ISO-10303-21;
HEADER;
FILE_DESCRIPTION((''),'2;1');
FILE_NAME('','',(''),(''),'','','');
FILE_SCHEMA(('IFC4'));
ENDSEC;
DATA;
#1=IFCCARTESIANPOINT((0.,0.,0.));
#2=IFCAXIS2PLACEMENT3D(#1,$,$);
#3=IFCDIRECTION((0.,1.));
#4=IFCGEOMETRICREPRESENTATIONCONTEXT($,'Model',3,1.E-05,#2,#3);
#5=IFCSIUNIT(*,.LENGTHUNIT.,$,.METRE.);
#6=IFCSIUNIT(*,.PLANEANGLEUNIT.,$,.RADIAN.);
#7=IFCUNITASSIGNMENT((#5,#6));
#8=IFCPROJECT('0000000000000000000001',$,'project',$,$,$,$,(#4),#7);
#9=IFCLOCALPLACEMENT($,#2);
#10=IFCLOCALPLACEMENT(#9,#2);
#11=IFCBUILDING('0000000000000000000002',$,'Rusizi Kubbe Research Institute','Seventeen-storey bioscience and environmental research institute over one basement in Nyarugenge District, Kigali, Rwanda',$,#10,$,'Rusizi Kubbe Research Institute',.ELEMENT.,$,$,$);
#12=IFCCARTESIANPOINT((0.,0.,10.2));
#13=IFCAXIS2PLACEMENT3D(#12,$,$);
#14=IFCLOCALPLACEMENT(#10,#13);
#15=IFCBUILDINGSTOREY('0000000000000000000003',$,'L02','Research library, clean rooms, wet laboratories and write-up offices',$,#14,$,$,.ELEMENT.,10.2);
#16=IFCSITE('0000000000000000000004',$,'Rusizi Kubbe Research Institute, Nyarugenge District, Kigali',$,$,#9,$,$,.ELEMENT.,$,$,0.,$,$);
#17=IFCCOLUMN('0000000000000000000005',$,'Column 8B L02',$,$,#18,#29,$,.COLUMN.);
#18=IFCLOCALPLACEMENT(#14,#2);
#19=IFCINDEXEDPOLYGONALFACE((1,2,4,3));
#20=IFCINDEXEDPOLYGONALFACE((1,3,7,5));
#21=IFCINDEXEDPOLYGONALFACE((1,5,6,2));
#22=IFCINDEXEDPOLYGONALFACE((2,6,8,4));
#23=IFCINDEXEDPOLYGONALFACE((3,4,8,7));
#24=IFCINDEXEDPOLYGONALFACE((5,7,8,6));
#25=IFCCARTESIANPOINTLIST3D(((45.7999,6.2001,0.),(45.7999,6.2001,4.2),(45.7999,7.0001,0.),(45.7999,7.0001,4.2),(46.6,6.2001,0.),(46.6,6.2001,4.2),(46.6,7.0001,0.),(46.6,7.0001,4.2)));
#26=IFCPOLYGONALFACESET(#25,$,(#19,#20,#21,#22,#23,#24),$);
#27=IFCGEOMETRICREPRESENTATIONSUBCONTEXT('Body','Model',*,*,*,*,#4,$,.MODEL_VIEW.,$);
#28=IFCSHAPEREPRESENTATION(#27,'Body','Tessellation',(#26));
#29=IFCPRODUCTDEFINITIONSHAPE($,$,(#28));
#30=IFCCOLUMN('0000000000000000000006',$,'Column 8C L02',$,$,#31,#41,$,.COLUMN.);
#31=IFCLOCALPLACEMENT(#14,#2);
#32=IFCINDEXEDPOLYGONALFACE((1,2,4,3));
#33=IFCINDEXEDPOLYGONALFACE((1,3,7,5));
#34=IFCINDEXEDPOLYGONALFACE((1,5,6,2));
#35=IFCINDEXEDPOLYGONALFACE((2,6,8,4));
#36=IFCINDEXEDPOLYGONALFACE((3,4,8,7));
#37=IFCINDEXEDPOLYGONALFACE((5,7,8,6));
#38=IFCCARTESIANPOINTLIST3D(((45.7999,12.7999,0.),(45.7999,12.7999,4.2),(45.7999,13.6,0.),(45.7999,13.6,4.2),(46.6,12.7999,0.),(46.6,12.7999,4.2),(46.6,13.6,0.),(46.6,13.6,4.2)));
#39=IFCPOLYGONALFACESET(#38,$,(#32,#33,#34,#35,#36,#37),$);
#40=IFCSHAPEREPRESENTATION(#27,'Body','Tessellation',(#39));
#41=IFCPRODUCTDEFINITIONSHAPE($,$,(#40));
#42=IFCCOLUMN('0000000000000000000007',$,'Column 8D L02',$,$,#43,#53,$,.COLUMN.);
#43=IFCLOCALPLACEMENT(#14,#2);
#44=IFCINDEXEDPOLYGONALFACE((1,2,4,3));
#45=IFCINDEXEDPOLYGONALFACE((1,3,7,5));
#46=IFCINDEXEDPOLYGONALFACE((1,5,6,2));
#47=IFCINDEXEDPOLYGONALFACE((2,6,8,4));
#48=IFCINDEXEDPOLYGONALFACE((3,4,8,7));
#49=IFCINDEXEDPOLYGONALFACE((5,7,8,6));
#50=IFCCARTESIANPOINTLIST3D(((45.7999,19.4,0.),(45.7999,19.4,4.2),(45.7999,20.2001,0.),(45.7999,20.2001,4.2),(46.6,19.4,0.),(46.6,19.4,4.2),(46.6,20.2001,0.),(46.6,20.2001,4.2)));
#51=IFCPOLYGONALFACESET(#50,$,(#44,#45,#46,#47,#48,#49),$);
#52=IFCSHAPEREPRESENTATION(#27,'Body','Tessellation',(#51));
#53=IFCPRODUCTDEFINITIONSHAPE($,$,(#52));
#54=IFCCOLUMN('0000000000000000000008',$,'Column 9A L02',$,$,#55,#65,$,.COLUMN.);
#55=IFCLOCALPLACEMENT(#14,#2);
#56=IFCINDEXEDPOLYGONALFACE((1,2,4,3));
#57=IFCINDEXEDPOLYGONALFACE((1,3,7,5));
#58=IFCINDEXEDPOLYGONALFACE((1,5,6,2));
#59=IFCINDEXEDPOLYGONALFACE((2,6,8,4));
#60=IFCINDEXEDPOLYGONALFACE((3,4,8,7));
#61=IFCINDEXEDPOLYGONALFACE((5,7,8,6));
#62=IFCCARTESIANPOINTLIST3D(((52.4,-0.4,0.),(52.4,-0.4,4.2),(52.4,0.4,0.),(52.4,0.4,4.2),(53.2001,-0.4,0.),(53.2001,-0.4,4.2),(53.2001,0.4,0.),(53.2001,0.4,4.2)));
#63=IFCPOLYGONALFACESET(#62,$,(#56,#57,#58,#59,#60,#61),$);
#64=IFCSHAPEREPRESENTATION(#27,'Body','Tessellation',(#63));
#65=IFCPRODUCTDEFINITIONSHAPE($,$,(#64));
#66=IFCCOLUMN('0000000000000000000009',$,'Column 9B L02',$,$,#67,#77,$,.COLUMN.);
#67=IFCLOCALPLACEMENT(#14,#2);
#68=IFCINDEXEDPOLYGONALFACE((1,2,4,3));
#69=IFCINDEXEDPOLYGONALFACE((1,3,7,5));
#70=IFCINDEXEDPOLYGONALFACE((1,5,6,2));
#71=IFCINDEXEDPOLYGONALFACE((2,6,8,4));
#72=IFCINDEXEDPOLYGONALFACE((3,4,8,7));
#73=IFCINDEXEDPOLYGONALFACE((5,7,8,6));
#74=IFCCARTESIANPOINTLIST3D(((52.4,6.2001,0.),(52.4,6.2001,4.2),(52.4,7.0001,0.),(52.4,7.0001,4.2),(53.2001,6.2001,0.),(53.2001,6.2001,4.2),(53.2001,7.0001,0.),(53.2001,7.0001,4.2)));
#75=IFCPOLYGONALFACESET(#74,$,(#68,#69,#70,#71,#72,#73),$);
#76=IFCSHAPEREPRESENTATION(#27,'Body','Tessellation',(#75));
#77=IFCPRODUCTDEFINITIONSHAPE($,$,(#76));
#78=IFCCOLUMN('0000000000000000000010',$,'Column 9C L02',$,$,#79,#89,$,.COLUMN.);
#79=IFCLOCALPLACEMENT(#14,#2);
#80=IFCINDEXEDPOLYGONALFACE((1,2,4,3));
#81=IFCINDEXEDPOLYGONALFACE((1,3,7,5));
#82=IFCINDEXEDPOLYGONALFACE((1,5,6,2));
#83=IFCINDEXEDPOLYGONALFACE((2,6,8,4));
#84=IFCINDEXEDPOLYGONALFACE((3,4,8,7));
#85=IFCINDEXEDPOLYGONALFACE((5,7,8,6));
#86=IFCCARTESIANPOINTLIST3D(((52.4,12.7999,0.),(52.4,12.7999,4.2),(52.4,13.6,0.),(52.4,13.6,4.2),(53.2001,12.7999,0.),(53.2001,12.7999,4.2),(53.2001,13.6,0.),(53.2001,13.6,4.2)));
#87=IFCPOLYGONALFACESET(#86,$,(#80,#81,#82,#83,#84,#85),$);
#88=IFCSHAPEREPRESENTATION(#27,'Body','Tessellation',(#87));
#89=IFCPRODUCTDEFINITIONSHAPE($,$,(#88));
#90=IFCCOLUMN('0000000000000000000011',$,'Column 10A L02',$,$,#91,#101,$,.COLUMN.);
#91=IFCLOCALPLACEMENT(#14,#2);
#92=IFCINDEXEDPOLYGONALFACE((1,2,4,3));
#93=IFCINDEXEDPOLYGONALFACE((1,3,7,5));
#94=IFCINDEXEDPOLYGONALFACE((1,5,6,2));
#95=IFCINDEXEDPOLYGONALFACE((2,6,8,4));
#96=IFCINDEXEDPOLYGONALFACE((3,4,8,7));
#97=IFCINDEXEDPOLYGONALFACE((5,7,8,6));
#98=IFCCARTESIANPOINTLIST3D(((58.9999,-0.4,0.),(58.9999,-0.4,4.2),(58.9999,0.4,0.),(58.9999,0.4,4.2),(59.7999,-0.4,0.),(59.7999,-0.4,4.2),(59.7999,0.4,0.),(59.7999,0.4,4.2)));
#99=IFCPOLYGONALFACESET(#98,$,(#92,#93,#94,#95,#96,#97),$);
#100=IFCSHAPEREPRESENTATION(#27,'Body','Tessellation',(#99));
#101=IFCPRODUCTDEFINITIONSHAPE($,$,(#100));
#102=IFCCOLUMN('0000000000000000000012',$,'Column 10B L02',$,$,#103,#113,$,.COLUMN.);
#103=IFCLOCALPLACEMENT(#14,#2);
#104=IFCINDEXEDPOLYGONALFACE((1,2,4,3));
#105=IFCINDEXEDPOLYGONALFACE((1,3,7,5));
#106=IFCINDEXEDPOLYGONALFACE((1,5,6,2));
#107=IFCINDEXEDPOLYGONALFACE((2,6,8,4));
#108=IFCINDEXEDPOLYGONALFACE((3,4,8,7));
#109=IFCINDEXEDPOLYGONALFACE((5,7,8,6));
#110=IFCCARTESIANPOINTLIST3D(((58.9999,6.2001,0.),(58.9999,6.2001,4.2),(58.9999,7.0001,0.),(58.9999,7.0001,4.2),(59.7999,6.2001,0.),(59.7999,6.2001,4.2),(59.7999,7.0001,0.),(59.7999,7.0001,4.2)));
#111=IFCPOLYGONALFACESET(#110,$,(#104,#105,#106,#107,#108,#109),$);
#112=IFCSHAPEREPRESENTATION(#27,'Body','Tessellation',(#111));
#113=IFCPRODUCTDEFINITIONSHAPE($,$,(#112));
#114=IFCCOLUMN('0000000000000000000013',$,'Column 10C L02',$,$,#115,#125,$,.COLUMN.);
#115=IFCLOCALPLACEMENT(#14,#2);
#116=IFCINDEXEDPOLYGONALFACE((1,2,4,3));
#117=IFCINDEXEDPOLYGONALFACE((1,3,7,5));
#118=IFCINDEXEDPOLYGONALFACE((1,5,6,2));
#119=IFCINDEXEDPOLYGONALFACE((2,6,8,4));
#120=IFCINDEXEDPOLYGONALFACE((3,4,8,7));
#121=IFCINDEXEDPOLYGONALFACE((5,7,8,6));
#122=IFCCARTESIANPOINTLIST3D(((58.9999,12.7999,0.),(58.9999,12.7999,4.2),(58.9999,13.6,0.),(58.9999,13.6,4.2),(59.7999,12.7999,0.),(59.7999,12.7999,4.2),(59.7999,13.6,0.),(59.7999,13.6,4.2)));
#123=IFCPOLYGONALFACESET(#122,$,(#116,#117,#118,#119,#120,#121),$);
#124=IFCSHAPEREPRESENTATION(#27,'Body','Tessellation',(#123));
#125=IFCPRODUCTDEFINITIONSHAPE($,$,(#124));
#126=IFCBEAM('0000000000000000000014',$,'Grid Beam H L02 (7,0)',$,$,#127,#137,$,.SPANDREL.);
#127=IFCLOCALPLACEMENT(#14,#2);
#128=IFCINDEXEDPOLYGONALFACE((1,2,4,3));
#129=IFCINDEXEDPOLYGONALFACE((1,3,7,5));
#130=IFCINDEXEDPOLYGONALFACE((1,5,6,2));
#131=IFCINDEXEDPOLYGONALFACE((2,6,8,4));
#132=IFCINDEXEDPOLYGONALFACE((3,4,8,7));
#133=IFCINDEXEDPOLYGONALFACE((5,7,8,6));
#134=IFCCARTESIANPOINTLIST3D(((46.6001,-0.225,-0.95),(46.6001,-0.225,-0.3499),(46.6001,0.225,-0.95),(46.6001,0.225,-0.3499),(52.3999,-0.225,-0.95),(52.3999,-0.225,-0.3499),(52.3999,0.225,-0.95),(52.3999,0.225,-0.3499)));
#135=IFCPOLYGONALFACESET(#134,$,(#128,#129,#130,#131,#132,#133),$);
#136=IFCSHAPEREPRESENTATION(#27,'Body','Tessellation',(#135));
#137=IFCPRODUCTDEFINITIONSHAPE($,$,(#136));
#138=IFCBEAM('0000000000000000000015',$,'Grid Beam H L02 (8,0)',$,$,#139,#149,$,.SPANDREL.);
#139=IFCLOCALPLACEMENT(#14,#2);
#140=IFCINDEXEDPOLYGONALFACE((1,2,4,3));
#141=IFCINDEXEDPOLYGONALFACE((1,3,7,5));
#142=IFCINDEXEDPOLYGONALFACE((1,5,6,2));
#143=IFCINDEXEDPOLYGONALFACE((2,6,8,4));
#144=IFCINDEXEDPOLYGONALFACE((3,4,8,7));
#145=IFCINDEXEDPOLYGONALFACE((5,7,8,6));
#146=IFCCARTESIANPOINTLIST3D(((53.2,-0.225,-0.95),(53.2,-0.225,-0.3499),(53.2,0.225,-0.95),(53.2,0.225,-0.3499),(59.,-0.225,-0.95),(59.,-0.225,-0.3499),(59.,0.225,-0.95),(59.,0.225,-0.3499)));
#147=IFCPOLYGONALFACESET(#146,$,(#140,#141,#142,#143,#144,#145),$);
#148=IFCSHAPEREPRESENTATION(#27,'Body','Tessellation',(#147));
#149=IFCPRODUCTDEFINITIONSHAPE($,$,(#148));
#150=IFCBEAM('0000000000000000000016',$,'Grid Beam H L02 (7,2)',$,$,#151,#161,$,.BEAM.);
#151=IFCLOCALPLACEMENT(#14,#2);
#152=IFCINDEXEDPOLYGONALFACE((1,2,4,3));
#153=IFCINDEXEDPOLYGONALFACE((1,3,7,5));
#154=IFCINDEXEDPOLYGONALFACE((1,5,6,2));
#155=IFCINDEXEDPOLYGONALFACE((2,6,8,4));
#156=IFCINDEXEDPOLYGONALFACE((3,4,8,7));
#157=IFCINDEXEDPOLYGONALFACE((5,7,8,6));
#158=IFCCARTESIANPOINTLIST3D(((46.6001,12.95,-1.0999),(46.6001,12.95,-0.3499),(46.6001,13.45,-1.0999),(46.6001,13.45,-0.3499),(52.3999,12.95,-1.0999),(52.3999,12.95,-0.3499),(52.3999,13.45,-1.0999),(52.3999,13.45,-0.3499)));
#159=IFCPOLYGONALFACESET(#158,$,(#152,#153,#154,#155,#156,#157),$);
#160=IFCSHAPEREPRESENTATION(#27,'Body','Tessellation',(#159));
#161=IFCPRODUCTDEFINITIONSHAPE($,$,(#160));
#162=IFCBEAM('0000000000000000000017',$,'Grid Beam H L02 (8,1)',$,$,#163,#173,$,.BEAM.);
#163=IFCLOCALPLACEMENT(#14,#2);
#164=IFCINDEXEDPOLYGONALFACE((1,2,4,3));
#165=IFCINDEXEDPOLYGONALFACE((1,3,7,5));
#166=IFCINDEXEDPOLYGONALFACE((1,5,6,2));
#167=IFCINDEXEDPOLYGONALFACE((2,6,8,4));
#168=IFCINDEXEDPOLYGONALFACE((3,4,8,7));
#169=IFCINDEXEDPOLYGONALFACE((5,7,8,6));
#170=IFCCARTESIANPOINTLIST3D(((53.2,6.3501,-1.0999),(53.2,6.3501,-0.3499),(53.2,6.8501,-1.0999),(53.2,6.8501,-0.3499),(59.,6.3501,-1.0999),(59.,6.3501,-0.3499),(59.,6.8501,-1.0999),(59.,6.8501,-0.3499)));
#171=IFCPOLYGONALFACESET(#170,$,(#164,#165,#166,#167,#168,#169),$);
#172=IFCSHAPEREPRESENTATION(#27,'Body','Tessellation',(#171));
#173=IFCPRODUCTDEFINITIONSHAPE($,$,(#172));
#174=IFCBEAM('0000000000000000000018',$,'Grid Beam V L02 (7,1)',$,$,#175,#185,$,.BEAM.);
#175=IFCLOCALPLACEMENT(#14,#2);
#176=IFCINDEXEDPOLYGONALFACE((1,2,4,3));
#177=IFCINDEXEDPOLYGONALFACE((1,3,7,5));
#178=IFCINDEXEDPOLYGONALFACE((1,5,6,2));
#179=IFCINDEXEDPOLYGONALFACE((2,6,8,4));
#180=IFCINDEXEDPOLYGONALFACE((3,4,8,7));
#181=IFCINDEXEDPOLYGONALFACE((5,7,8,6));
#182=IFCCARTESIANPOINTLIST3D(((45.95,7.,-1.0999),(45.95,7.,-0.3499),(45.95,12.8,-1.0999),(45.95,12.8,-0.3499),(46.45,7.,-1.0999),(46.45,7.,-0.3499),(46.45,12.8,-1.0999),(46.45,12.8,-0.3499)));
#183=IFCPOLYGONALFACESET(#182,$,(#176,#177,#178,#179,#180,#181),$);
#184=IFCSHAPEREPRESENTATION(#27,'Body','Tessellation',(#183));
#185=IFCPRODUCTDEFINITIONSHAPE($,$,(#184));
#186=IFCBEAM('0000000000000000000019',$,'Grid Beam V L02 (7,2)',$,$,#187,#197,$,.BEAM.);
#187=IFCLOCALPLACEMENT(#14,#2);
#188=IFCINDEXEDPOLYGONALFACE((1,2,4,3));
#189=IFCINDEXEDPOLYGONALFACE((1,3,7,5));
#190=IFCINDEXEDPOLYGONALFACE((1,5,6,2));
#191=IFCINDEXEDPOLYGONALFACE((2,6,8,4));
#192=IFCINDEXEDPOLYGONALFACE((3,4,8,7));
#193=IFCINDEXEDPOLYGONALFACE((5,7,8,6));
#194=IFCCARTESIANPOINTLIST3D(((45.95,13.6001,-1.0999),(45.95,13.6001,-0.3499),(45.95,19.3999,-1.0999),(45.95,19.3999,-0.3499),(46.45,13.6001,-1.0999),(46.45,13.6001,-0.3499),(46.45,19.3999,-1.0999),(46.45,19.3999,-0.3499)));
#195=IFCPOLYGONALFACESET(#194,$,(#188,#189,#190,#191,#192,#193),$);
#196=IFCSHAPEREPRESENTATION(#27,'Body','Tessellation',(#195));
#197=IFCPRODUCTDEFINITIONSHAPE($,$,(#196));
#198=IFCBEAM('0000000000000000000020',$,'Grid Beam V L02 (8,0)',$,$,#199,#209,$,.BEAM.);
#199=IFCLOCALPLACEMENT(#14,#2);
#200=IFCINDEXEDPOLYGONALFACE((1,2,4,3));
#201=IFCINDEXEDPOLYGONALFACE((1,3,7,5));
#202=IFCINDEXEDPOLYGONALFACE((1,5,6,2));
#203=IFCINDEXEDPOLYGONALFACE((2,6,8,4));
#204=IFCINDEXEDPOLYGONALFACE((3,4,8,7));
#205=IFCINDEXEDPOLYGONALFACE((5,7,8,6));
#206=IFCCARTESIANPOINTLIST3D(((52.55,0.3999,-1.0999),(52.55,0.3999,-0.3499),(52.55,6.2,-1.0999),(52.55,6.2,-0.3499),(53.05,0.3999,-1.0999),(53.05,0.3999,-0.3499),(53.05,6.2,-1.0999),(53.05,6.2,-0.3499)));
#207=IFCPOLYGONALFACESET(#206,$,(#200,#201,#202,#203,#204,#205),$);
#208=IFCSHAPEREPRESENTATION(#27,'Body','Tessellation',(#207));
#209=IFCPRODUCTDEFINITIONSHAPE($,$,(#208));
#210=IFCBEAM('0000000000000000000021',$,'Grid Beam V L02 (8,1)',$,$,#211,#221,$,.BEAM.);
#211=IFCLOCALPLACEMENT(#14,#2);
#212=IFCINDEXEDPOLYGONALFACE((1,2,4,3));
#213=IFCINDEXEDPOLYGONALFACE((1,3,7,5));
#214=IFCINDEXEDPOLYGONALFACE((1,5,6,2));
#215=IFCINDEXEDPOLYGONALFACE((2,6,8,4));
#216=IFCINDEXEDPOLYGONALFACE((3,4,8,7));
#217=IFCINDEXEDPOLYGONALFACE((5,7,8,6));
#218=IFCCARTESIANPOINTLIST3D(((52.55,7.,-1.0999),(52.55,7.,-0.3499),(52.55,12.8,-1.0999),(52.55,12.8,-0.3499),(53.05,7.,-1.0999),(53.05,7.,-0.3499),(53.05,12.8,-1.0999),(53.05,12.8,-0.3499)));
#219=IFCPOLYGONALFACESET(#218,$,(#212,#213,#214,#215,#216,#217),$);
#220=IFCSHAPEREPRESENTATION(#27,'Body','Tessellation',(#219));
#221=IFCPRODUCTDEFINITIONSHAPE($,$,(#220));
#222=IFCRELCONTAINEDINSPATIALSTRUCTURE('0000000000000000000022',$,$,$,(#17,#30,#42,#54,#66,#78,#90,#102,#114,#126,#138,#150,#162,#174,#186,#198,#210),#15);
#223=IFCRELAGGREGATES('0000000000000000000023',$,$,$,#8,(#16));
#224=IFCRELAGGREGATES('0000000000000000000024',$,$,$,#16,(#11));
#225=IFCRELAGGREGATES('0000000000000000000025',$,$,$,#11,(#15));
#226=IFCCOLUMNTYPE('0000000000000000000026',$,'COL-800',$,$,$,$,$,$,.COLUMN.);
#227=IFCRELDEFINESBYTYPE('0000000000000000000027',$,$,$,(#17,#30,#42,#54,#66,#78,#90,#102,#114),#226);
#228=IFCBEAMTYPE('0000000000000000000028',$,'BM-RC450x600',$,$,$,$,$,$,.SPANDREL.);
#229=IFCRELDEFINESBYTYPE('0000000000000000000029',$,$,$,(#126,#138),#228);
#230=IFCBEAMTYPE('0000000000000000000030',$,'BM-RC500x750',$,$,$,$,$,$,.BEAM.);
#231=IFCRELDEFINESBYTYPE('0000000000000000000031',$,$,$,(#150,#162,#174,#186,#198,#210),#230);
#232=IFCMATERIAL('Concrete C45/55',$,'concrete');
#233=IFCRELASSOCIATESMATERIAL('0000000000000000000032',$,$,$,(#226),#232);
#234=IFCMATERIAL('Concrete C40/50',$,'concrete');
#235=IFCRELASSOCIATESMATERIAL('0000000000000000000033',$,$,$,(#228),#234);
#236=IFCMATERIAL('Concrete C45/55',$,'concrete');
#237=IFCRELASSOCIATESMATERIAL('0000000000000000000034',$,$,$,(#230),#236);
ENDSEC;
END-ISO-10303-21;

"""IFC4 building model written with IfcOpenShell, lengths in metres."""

from ifc_helpers import new_model, si_unit, direction, frame, origin, origin_2d, place, context, subcontext, project, spatial, rectangle, extrude, material, material_profile, profile_set, type_object, element, save


model = new_model("IFC4")

# Units and contexts
model_context = context("Model", 3, precision=1e-05, world=origin(), true_north=direction((0.0, 1.0)))
body_context = subcontext(model_context, "Body", "Model", "MODEL_VIEW")
ifc_project = project(units=[si_unit("LENGTHUNIT", "METRE"), si_unit("PLANEANGLEUNIT", "RADIAN")], contexts=[model_context])

# Site, building, storey
site_placement = place(None, origin())
site = spatial("IfcSite", under=ifc_project, at=site_placement, Name="Rusizi Kubbe Research Institute, Nyarugenge District, Kigali", CompositionType="ELEMENT", RefElevation=0.0)
building_placement = place(site_placement, origin())
building = spatial("IfcBuilding", under=site, at=building_placement, Name="Rusizi Kubbe Research Institute", Description="Seventeen-storey bioscience and environmental research institute over one basement in Nyarugenge District, Kigali, Rwanda", LongName="Rusizi Kubbe Research Institute", CompositionType="ELEMENT")
storey_placement = place(building_placement, frame((0.0, 0.0, 10.2)))
storey = spatial("IfcBuildingStorey", under=building, at=storey_placement, Name="L02", Description="Research library, clean rooms, wet laboratories and write-up offices", CompositionType="ELEMENT", Elevation=10.2)

# Columns
ifc_material_1 = material(Name="Concrete C45/55", Category="concrete")
ifc_material_profile_1 = material_profile(ifc_material_1, rectangle(XDim=0.8, YDim=0.8, at=origin_2d()), Name="RC800x800")
ifc_profile_set_1 = profile_set([ifc_material_profile_1], Name="Concrete C45/55")
column_type = type_object("IfcColumnType", Name="COL-800", PredefinedType="COLUMN", material=ifc_profile_set_1)
for number, where, z_axis, x_axis, name in (
    (1, (46.2, 6.6001, 0.0), (0.0, 0.0, 1.0), (1.0, 0.0, 0.0), "Column 8B L02"),
    (2, (46.2, 13.2, 0.0), (0.0, 0.0, 1.0), (1.0, 0.0, 0.0), "Column 8C L02"),
    (3, (46.2, 19.8, 0.0), (0.0, 0.0, 1.0), (1.0, 0.0, 0.0), "Column 8D L02"),
    (4, (52.8, 0.0, 0.0), (0.0, 0.0, 1.0), (1.0, 0.0, 0.0), "Column 9A L02"),
    (5, (52.8, 6.6001, 0.0), (0.0, 0.0, 1.0), (1.0, 0.0, 0.0), "Column 9B L02"),
    (6, (52.8, 13.2, 0.0), (0.0, 0.0, 1.0), (1.0, 0.0, 0.0), "Column 9C L02"),
    (7, (59.3999, 0.0, 0.0), (0.0, 0.0, 1.0), (1.0, 0.0, 0.0), "Column 10A L02"),
    (8, (59.3999, 6.6001, 0.0), (0.0, 0.0, 1.0), (1.0, 0.0, 0.0), "Column 10B L02"),
    (9, (59.3999, 13.2, 0.0), (0.0, 0.0, 1.0), (1.0, 0.0, 0.0), "Column 10C L02"),
):
    element("IfcColumn", number, at=place(storey_placement, frame(where, z_axis=z_axis, x_axis=x_axis)), inside=storey, type_object=column_type, Name=name, PredefinedType="COLUMN", context=body_context, shape_type="SweptSolid", body=[
        extrude(rectangle(XDim=0.8, YDim=0.8, at=origin_2d()), origin(), (0.0, 0.0, 1.0), 4.2),
    ])

# Beams
ifc_material_2 = material(Name="Concrete C40/50", Category="concrete")
ifc_material_profile_2 = material_profile(ifc_material_2, rectangle(XDim=0.45, YDim=0.6001, at=origin_2d()), Name="RC450x600")
ifc_profile_set_2 = profile_set([ifc_material_profile_2], Name="Concrete C40/50")
beam_type_1 = type_object("IfcBeamType", Name="BM-RC450x600", PredefinedType="SPANDREL", material=ifc_profile_set_2)
beam_1_placement = place(storey_placement, frame((46.6001, 0.0, -0.6499), z_axis=(1.0, 0.0, 0.0), x_axis=(0.0, 1.0, 0.0)))
element("IfcBeam", 10, at=beam_1_placement, inside=storey, type_object=beam_type_1, Name="Grid Beam H L02 (7,0)", PredefinedType="SPANDREL", context=body_context, shape_type="SweptSolid", body=[
    extrude(rectangle(XDim=0.45, YDim=0.6001, at=origin_2d()), origin(), (0.0, 0.0, 1.0), 5.7998),
])
beam_2_placement = place(storey_placement, frame((53.2, 0.0, -0.6499), z_axis=(1.0, 0.0, 0.0), x_axis=(0.0, 1.0, 0.0)))
element("IfcBeam", 11, at=beam_2_placement, inside=storey, type_object=beam_type_1, Name="Grid Beam H L02 (8,0)", PredefinedType="SPANDREL", context=body_context, shape_type="SweptSolid", body=[
    extrude(rectangle(XDim=0.45, YDim=0.6001, at=origin_2d()), origin(), (0.0, 0.0, 1.0), 5.8),
])
ifc_material_3 = material(Name="Concrete C45/55", Category="concrete")
ifc_material_profile_3 = material_profile(ifc_material_3, rectangle(XDim=0.5, YDim=0.75, at=origin_2d()), Name="RC500x750B")
ifc_profile_set_3 = profile_set([ifc_material_profile_3], Name="Concrete C45/55")
beam_type_2 = type_object("IfcBeamType", Name="BM-RC500x750", PredefinedType="BEAM", material=ifc_profile_set_3)
beam_3_placement = place(storey_placement, frame((46.6001, 13.2, -0.7249), z_axis=(1.0, 0.0, 0.0), x_axis=(0.0, 1.0, 0.0)))
element("IfcBeam", 12, at=beam_3_placement, inside=storey, type_object=beam_type_2, Name="Grid Beam H L02 (7,2)", PredefinedType="BEAM", context=body_context, shape_type="SweptSolid", body=[
    extrude(rectangle(XDim=0.5, YDim=0.75, at=origin_2d()), origin(), (0.0, 0.0, 1.0), 5.7998),
])
for number, where, z_axis, x_axis, name in (
    (13, (53.2, 6.6001, -0.7249), (1.0, 0.0, 0.0), (0.0, 1.0, 0.0), "Grid Beam H L02 (8,1)"),
    (14, (46.2, 7.0, -0.7249), (0.0, 1.0, 0.0), (-1.0, 0.0, 0.0), "Grid Beam V L02 (7,1)"),
):
    element("IfcBeam", number, at=place(storey_placement, frame(where, z_axis=z_axis, x_axis=x_axis)), inside=storey, type_object=beam_type_2, Name=name, PredefinedType="BEAM", context=body_context, shape_type="SweptSolid", body=[
        extrude(rectangle(XDim=0.5, YDim=0.75, at=origin_2d()), origin(), (0.0, 0.0, 1.0), 5.8),
    ])
beam_4_placement = place(storey_placement, frame((46.2, 13.6001, -0.7249), z_axis=(0.0, 1.0, 0.0), x_axis=(-1.0, 0.0, 0.0)))
element("IfcBeam", 15, at=beam_4_placement, inside=storey, type_object=beam_type_2, Name="Grid Beam V L02 (7,2)", PredefinedType="BEAM", context=body_context, shape_type="SweptSolid", body=[
    extrude(rectangle(XDim=0.5, YDim=0.75, at=origin_2d()), origin(), (0.0, 0.0, 1.0), 5.7998),
])
for number, where, z_axis, x_axis, name in (
    (16, (52.8, 0.3999, -0.7249), (0.0, 1.0, 0.0), (-1.0, 0.0, 0.0), "Grid Beam V L02 (8,0)"),
    (17, (52.8, 7.0, -0.7249), (0.0, 1.0, 0.0), (-1.0, 0.0, 0.0), "Grid Beam V L02 (8,1)"),
):
    element("IfcBeam", number, at=place(storey_placement, frame(where, z_axis=z_axis, x_axis=x_axis)), inside=storey, type_object=beam_type_2, Name=name, PredefinedType="BEAM", context=body_context, shape_type="SweptSolid", body=[
        extrude(rectangle(XDim=0.5, YDim=0.75, at=origin_2d()), origin(), (0.0, 0.0, 1.0), 5.8),
    ])

save(model, "model.ifc")
